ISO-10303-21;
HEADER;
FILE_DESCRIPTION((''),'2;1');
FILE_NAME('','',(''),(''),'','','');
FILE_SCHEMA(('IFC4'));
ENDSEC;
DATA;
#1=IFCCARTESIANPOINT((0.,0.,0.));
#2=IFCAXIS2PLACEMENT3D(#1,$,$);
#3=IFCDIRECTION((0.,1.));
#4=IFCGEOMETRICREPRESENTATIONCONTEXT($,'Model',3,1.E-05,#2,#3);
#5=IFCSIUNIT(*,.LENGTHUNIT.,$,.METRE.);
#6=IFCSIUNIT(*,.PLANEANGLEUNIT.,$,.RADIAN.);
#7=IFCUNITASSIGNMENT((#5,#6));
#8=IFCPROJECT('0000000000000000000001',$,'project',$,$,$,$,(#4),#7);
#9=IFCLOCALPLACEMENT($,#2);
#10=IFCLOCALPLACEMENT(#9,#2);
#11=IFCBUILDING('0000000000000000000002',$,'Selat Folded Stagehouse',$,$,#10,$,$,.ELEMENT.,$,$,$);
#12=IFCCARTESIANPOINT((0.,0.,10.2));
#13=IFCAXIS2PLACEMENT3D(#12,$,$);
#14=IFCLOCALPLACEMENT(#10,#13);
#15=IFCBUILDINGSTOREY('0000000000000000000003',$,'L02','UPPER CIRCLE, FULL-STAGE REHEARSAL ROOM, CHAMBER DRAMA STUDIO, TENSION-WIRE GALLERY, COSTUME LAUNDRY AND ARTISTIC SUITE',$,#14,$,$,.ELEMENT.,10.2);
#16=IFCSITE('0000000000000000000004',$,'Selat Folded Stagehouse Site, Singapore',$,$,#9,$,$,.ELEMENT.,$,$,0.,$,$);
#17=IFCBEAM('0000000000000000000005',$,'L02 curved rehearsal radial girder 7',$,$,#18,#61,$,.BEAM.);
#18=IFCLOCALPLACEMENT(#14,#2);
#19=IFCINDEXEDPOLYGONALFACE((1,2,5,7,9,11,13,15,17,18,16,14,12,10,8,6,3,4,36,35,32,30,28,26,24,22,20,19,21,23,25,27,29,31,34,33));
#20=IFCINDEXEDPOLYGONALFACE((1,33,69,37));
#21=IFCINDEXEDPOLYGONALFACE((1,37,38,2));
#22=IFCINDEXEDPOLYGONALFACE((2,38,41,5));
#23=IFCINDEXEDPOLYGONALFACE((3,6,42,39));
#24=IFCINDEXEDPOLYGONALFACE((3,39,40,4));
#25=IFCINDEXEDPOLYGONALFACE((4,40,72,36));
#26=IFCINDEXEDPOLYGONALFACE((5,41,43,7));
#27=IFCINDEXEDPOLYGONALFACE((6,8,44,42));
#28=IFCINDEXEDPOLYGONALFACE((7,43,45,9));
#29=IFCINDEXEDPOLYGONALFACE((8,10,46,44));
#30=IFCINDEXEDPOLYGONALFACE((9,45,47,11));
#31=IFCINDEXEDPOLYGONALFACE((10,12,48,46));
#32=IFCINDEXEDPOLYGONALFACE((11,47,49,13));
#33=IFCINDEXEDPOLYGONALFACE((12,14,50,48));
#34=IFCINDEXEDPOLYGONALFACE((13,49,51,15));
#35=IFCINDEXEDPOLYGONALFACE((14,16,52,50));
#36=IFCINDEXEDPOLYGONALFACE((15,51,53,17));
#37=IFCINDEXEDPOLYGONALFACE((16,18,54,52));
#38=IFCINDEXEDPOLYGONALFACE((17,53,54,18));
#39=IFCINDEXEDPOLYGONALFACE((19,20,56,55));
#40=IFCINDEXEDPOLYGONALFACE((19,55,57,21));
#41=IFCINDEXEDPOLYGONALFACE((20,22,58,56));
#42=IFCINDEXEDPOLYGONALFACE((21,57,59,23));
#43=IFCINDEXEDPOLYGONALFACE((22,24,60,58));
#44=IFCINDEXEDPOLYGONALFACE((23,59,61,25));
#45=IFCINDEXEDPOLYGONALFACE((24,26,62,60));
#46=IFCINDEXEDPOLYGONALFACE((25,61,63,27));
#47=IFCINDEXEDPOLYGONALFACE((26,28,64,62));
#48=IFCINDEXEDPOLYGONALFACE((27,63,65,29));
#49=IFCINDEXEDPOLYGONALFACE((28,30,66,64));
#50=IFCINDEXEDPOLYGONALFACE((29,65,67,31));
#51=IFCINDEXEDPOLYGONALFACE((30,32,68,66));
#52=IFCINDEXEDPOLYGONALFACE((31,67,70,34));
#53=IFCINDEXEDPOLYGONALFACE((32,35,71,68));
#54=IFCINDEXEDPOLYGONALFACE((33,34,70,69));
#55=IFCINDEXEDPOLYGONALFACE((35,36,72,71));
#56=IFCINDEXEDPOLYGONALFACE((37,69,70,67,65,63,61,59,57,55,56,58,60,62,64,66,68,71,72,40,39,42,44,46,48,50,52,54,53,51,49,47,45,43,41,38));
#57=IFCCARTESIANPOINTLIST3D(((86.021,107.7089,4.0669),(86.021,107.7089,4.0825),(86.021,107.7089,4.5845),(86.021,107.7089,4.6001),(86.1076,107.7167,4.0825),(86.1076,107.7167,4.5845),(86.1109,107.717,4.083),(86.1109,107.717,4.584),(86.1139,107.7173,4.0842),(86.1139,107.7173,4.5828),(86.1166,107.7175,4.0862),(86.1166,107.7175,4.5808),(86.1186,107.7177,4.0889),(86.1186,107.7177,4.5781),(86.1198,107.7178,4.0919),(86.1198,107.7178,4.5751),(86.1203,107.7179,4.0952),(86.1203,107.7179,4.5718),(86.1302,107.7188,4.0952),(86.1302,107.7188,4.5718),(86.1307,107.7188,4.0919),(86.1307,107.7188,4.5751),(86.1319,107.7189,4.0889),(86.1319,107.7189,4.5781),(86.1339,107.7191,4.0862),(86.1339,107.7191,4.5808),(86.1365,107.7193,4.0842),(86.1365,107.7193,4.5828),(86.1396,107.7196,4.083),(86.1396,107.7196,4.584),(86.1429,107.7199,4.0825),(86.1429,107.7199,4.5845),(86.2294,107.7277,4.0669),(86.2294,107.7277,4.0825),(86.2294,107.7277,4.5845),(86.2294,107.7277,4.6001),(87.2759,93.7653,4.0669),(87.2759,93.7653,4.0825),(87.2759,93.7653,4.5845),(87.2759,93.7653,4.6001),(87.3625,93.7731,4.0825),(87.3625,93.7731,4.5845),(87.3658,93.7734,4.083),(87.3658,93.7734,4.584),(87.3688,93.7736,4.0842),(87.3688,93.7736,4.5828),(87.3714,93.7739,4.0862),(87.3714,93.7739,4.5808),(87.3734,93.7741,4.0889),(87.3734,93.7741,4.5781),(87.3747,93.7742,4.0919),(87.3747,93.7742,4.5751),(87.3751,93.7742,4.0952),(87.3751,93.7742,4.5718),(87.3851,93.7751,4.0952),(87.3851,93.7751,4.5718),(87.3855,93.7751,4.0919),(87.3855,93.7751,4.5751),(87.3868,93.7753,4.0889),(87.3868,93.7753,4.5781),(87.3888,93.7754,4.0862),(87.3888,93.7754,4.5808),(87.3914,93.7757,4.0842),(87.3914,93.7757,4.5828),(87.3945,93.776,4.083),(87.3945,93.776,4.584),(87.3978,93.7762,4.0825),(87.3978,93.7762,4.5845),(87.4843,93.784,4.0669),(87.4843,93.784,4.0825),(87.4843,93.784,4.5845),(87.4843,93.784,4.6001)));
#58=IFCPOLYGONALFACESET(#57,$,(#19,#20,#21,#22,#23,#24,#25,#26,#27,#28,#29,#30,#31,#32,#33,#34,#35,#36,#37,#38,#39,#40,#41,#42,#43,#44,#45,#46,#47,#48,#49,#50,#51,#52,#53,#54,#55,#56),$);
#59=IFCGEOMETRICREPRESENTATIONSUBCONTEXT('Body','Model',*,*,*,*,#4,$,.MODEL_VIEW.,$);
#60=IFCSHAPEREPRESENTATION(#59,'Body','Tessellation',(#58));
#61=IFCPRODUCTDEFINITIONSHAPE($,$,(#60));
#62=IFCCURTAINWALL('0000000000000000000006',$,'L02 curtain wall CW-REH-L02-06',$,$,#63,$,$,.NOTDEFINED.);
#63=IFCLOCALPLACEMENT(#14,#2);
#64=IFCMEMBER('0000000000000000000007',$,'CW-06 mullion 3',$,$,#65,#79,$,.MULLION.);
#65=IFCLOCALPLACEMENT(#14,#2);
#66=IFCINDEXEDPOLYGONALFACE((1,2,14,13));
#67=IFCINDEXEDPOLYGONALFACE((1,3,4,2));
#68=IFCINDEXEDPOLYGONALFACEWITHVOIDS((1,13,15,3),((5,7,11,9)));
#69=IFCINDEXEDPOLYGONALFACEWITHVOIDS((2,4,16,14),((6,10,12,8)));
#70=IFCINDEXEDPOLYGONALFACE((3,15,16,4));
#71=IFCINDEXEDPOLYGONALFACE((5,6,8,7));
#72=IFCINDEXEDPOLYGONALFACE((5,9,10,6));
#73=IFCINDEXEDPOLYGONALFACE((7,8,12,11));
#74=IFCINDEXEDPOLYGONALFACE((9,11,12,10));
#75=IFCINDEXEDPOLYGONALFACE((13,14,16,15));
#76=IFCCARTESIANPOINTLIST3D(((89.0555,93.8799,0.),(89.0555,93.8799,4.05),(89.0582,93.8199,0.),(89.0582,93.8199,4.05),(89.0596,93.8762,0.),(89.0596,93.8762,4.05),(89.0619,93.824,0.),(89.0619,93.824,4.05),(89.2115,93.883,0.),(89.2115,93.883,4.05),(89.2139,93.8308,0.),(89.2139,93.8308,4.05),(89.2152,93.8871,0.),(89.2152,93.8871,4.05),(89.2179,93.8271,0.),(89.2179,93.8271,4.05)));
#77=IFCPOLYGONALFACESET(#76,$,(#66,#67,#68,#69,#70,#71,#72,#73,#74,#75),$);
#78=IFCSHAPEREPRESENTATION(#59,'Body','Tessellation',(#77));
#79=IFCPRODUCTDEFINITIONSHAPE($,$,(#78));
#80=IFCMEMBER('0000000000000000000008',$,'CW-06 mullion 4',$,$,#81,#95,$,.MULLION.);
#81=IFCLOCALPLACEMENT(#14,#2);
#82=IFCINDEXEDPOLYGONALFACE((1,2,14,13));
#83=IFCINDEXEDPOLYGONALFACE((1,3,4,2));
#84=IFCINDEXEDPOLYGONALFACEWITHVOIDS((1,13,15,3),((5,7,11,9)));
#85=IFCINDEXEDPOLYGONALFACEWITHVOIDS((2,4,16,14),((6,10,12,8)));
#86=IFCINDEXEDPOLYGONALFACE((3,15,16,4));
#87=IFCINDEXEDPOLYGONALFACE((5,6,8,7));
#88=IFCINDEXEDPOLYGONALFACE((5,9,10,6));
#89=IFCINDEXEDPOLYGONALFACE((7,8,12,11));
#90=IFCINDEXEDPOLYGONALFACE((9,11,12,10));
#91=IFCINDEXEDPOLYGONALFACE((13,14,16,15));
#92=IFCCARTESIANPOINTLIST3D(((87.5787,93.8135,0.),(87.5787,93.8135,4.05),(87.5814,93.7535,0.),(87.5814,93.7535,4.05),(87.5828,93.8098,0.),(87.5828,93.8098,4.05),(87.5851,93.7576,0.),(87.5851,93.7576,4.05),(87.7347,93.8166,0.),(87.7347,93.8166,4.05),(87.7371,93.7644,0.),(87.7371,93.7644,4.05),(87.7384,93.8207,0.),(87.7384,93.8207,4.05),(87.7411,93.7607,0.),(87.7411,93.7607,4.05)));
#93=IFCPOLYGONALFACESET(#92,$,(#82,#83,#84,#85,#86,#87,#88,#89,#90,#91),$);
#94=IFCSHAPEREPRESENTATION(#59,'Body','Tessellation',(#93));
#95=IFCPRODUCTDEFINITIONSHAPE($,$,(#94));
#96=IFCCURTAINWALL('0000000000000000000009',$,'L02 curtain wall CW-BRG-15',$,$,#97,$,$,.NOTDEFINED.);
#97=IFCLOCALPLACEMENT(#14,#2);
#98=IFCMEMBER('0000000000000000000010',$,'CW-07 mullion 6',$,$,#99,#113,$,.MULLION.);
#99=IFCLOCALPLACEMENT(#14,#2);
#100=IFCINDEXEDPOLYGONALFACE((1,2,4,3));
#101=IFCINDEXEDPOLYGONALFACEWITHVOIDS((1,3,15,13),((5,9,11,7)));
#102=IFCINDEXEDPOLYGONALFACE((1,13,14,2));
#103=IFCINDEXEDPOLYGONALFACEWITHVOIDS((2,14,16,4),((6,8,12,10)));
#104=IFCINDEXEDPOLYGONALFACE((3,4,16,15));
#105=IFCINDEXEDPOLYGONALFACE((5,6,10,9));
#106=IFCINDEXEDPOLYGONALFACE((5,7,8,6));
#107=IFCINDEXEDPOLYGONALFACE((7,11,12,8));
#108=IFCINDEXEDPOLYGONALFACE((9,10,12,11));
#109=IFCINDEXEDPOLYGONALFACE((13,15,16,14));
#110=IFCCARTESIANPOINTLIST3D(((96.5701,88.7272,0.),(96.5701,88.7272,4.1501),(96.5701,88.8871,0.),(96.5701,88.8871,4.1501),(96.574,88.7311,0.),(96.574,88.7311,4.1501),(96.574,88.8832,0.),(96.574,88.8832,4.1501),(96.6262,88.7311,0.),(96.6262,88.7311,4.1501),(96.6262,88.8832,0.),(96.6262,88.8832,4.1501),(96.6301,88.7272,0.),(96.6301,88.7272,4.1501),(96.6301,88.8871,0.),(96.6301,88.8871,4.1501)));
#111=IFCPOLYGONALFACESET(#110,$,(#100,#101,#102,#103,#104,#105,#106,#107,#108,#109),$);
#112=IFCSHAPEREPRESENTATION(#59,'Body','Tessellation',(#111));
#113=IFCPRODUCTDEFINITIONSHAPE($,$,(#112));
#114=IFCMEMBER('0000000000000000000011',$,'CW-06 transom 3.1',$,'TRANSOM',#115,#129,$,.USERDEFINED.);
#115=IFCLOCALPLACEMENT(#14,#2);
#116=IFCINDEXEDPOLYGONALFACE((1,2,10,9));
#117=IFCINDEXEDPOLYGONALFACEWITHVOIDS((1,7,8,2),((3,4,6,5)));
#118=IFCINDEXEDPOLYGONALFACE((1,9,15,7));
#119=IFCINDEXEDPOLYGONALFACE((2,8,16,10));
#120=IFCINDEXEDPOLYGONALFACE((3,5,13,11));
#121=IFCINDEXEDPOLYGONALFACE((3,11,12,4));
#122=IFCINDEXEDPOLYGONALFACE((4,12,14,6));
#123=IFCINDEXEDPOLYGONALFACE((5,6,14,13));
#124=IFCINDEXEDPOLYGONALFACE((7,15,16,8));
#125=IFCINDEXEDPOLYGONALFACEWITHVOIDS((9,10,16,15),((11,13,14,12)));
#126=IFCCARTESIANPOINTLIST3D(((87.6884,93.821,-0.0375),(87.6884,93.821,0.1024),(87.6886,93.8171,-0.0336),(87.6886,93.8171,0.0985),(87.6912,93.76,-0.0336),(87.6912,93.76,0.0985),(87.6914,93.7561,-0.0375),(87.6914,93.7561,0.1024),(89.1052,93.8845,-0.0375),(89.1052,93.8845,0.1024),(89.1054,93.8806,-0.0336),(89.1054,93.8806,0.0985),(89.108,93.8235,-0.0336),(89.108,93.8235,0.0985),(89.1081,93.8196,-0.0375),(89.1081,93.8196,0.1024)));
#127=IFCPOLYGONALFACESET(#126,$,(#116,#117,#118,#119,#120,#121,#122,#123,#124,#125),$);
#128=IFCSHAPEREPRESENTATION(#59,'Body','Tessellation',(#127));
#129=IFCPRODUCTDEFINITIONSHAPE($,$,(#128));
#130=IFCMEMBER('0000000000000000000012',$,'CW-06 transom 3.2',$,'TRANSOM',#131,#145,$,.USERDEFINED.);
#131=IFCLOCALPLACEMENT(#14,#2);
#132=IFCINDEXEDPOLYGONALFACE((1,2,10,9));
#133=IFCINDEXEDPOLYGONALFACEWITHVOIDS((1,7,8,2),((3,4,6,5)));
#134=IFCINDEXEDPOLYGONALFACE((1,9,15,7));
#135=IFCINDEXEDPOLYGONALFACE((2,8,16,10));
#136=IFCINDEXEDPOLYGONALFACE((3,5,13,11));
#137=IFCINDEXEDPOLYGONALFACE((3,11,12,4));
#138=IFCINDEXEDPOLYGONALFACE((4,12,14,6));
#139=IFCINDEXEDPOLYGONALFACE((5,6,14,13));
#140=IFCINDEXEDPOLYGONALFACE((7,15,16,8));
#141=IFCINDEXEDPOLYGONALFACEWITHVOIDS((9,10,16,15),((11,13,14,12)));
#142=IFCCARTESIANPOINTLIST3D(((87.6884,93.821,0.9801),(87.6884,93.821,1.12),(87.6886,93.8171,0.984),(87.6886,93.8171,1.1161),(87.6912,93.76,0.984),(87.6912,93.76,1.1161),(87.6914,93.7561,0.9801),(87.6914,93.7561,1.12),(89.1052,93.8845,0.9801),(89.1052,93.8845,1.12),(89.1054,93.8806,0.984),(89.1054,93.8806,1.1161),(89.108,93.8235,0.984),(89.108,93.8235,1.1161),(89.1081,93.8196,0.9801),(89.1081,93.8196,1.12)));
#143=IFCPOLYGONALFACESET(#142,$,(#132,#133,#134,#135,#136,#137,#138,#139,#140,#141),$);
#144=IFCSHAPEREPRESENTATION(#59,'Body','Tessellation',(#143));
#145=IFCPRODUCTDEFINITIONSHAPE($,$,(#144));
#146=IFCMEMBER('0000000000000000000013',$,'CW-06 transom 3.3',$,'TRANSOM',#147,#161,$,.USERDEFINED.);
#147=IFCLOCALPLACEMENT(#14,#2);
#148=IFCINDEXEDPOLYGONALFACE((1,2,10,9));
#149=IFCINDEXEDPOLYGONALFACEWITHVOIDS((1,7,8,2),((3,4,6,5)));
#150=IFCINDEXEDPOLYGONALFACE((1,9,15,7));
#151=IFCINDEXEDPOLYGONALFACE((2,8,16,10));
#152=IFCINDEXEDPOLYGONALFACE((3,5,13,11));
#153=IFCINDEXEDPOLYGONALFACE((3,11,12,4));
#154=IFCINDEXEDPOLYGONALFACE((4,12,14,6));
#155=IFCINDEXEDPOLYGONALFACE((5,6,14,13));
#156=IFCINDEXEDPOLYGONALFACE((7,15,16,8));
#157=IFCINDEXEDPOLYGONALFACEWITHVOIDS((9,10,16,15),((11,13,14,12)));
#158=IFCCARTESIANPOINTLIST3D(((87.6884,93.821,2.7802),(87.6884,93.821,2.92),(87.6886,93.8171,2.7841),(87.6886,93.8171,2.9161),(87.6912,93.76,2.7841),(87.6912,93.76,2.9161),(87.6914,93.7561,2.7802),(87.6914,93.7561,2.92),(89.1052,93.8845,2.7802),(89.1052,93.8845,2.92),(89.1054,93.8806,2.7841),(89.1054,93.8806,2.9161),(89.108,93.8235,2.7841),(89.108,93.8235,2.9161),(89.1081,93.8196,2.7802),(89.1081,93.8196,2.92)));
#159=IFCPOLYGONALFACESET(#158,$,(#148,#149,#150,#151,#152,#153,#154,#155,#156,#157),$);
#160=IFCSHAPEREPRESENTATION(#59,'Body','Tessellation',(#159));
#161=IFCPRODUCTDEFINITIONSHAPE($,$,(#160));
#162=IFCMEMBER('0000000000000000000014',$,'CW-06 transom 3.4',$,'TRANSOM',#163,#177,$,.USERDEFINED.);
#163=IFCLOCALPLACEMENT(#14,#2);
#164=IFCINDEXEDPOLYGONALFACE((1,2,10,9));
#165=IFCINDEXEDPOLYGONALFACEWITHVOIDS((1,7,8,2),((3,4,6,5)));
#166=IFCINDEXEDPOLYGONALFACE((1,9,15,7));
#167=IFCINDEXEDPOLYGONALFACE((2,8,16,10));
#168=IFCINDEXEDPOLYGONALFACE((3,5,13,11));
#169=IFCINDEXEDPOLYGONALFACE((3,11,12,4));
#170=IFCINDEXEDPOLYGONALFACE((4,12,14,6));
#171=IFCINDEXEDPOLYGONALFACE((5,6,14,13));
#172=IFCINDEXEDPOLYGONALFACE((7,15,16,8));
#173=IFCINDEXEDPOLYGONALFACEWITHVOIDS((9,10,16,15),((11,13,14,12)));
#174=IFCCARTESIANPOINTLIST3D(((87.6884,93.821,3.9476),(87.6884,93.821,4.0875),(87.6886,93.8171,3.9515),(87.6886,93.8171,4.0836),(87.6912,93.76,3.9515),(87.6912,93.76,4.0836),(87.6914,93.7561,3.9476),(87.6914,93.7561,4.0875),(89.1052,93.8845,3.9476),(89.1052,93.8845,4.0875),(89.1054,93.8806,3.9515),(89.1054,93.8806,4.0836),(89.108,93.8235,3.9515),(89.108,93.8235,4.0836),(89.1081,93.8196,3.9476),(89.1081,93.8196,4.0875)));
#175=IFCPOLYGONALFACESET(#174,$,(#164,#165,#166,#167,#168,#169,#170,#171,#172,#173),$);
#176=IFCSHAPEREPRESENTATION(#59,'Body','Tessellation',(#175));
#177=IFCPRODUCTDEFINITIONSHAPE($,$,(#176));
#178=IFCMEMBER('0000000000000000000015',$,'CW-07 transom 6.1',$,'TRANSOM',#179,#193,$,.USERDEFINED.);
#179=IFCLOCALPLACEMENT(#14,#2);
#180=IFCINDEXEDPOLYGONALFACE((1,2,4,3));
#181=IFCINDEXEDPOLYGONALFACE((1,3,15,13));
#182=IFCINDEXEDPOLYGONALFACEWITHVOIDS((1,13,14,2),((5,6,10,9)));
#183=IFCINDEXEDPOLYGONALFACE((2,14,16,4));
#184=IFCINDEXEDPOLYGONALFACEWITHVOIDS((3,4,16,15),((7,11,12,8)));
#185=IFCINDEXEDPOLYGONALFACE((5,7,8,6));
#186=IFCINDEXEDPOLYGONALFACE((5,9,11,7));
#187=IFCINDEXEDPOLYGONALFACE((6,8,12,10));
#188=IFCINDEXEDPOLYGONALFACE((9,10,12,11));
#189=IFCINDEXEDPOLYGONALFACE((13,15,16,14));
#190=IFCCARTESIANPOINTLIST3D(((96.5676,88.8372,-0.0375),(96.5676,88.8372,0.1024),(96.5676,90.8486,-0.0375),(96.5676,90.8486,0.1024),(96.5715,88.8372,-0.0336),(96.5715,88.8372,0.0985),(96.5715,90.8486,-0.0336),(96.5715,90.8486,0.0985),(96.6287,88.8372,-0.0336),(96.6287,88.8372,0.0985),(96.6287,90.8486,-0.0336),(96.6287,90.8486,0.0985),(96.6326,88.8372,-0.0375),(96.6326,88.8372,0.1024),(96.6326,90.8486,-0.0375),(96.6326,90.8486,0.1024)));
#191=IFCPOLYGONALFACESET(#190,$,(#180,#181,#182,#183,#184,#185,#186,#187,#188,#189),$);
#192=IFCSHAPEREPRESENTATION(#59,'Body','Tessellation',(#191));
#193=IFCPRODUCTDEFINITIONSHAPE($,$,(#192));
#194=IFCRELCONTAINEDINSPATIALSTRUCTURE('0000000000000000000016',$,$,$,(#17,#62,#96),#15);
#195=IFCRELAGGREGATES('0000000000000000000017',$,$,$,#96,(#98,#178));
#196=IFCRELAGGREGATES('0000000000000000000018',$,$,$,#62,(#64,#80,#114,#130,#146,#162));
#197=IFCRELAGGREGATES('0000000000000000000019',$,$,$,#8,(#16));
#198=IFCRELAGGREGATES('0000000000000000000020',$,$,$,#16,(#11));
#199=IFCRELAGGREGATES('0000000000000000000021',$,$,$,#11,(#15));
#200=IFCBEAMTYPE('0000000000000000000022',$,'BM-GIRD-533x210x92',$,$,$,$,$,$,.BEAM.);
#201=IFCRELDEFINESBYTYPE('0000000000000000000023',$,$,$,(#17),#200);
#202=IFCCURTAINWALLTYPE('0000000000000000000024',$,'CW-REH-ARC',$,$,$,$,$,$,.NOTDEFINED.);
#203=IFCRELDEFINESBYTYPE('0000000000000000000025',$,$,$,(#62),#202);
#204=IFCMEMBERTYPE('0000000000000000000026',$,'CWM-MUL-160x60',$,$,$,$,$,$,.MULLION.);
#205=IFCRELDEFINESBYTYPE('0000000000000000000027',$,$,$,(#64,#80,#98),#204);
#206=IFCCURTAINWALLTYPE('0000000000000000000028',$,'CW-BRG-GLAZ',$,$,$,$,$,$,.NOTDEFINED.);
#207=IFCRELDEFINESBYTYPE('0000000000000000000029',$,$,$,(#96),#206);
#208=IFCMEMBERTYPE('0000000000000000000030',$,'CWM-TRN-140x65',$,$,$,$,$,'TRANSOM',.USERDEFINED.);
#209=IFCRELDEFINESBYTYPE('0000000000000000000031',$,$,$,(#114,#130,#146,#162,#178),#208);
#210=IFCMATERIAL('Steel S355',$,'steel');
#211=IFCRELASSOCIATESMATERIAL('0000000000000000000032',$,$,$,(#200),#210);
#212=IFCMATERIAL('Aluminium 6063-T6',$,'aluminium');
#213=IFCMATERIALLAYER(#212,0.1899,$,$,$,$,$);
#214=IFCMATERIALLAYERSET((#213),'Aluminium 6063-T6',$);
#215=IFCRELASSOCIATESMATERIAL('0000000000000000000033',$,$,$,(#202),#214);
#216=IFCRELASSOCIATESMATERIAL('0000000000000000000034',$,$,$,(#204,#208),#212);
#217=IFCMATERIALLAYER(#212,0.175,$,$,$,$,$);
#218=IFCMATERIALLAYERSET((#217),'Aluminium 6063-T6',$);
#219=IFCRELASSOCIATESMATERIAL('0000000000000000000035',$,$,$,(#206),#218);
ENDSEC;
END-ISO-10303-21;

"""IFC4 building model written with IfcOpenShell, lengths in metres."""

from ifc_helpers import new_model, si_unit, direction, frame, origin, origin_2d, place, context, subcontext, project, spatial, hollow_rectangle, i_section, extrude, material, layer, layer_set, material_profile, profile_set, type_object, element, aggregate, save


model = new_model("IFC4")

# Units and contexts
model_context = context("Model", 3, precision=1e-05, world=origin(), true_north=direction((0.0, 1.0)))
body_context = subcontext(model_context, "Body", "Model", "MODEL_VIEW")
ifc_project = project(units=[si_unit("LENGTHUNIT", "METRE"), si_unit("PLANEANGLEUNIT", "RADIAN")], contexts=[model_context])

# Site, building, storey
site_placement = place(None, origin())
site = spatial("IfcSite", under=ifc_project, at=site_placement, Name="Selat Folded Stagehouse Site, Singapore", CompositionType="ELEMENT", RefElevation=0.0)
building_placement = place(site_placement, origin())
building = spatial("IfcBuilding", under=site, at=building_placement, Name="Selat Folded Stagehouse", CompositionType="ELEMENT")
storey_placement = place(building_placement, frame((0.0, 0.0, 10.2)))
storey = spatial("IfcBuildingStorey", under=building, at=storey_placement, Name="L02", Description="UPPER CIRCLE, FULL-STAGE REHEARSAL ROOM, CHAMBER DRAMA STUDIO, TENSION-WIRE GALLERY, COSTUME LAUNDRY AND ARTISTIC SUITE", CompositionType="ELEMENT", Elevation=10.2)

# Beam
ifc_material_1 = material(Name="Steel S355", Category="steel")
ifc_material_profile_1 = material_profile(ifc_material_1, i_section(OverallWidth=0.2092, OverallDepth=0.5332, WebThickness=0.01, FlangeThickness=0.0156, FilletRadius=0.0127, at=origin_2d()), Name="UKB 533x210x92")
ifc_profile_set_1 = profile_set([ifc_material_profile_1], Name="Steel S355")
beam_type_1 = type_object("IfcBeamType", Name="BM-GIRD-533x210x92", PredefinedType="BEAM", material=ifc_profile_set_1)
beam_1_placement = place(storey_placement, frame((87.3801, 93.7747, 4.3335), z_axis=(-0.089635, 0.995975, 0.0), x_axis=(-0.995975, -0.089635, 0.0)))
element("IfcBeam", 1, at=beam_1_placement, inside=storey, type_object=beam_type_1, Name="L02 curved rehearsal radial girder 7", PredefinedType="BEAM", context=body_context, shape_type="SweptSolid", body=[
    extrude(i_section(OverallWidth=0.2092, OverallDepth=0.5332, WebThickness=0.01, FlangeThickness=0.0156, FilletRadius=0.0127, at=origin_2d()), origin(), (0.0, 0.0, 1.0), 14.0),
])

# Curtain wall, members
ifc_material_2 = material(Name="Aluminium 6063-T6", Category="aluminium")
ifc_layer_1 = layer(ifc_material_2, 0.1899)
ifc_layer_set_1 = layer_set([ifc_layer_1], Name="Aluminium 6063-T6")
curtain_wall_type_1 = type_object("IfcCurtainWallType", Name="CW-REH-ARC", PredefinedType="NOTDEFINED", material=ifc_layer_set_1)
curtain_wall_1_placement = place(storey_placement, origin())
curtain_wall_1 = element("IfcCurtainWall", 2, at=curtain_wall_1_placement, inside=storey, type_object=curtain_wall_type_1, Name="L02 curtain wall CW-REH-L02-06", PredefinedType="NOTDEFINED")
ifc_material_profile_2 = material_profile(ifc_material_2, hollow_rectangle(XDim=0.0601, YDim=0.1599, WallThickness=0.0039, at=origin_2d()), Name="ALU 160x60x4.0")
ifc_profile_set_2 = profile_set([ifc_material_profile_2], Name="Aluminium 6063-T6")
member_type_1 = type_object("IfcMemberType", Name="CWM-MUL-160x60", PredefinedType="MULLION", material=ifc_profile_set_2)
member_1_placement = place(storey_placement, frame((89.1367, 93.8535, 0.0), z_axis=(0.0, 0.0, 1.0), x_axis=(0.044862, -0.998993, 0.0)))
member_1 = element("IfcMember", 3, at=member_1_placement, type_object=member_type_1, Name="CW-06 mullion 3", PredefinedType="MULLION", context=body_context, shape_type="SweptSolid", body=[
    extrude(hollow_rectangle(XDim=0.0601, YDim=0.1599, WallThickness=0.0039, at=origin_2d()), origin(), (0.0, 0.0, 1.0), 4.05),
])
member_2_placement = place(storey_placement, frame((87.6599, 93.7871, 0.0), z_axis=(0.0, 0.0, 1.0), x_axis=(0.044862, -0.998993, 0.0)))
member_2 = element("IfcMember", 4, at=member_2_placement, type_object=member_type_1, Name="CW-06 mullion 4", PredefinedType="MULLION", context=body_context, shape_type="SweptSolid", body=[
    extrude(hollow_rectangle(XDim=0.0601, YDim=0.1599, WallThickness=0.0039, at=origin_2d()), origin(), (0.0, 0.0, 1.0), 4.05),
])

# Curtain wall, member
ifc_layer_2 = layer(ifc_material_2, 0.175)
ifc_layer_set_2 = layer_set([ifc_layer_2], Name="Aluminium 6063-T6")
curtain_wall_type_2 = type_object("IfcCurtainWallType", Name="CW-BRG-GLAZ", PredefinedType="NOTDEFINED", material=ifc_layer_set_2)
curtain_wall_2_placement = place(storey_placement, origin())
curtain_wall_2 = element("IfcCurtainWall", 5, at=curtain_wall_2_placement, inside=storey, type_object=curtain_wall_type_2, Name="L02 curtain wall CW-BRG-15", PredefinedType="NOTDEFINED")
member_3_placement = place(storey_placement, frame((96.6001, 88.8071, 0.0), z_axis=(0.0, 0.0, 1.0), x_axis=(-1.0, 0.0, 0.0)))
member_3 = element("IfcMember", 6, at=member_3_placement, type_object=member_type_1, Name="CW-07 mullion 6", PredefinedType="MULLION", context=body_context, shape_type="SweptSolid", body=[
    extrude(hollow_rectangle(XDim=0.0601, YDim=0.1599, WallThickness=0.0039, at=origin_2d()), origin(), (0.0, 0.0, 1.0), 4.1501),
])

# Members
ifc_material_profile_3 = material_profile(ifc_material_2, hollow_rectangle(XDim=0.0649, YDim=0.1399, WallThickness=0.0039, at=origin_2d()), Name="ALU 140x65x4.0")
ifc_profile_set_3 = profile_set([ifc_material_profile_3], Name="Aluminium 6063-T6")
member_type_2 = type_object("IfcMemberType", Name="CWM-TRN-140x65", ElementType="TRANSOM", PredefinedType="USERDEFINED", material=ifc_profile_set_3)
member_4_placement = place(storey_placement, frame((89.1067, 93.8521, 0.0325), z_axis=(-0.998998, -0.04476, 0.0), x_axis=(0.04476, -0.998998, 0.0)))
member_4 = element("IfcMember", 7, at=member_4_placement, type_object=member_type_2, Name="CW-06 transom 3.1", ObjectType="TRANSOM", PredefinedType="USERDEFINED", context=body_context, shape_type="SweptSolid", body=[
    extrude(hollow_rectangle(XDim=0.0649, YDim=0.1399, WallThickness=0.0039, at=origin_2d()), origin(), (0.0, 0.0, 1.0), 1.4182),
])
member_5_placement = place(storey_placement, frame((89.1067, 93.8521, 1.05), z_axis=(-0.998998, -0.04476, 0.0), x_axis=(0.04476, -0.998998, 0.0)))
member_5 = element("IfcMember", 8, at=member_5_placement, type_object=member_type_2, Name="CW-06 transom 3.2", ObjectType="TRANSOM", PredefinedType="USERDEFINED", context=body_context, shape_type="SweptSolid", body=[
    extrude(hollow_rectangle(XDim=0.0649, YDim=0.1399, WallThickness=0.0039, at=origin_2d()), origin(), (0.0, 0.0, 1.0), 1.4182),
])
member_6_placement = place(storey_placement, frame((89.1067, 93.8521, 2.8501), z_axis=(-0.998998, -0.04476, 0.0), x_axis=(0.04476, -0.998998, 0.0)))
member_6 = element("IfcMember", 9, at=member_6_placement, type_object=member_type_2, Name="CW-06 transom 3.3", ObjectType="TRANSOM", PredefinedType="USERDEFINED", context=body_context, shape_type="SweptSolid", body=[
    extrude(hollow_rectangle(XDim=0.0649, YDim=0.1399, WallThickness=0.0039, at=origin_2d()), origin(), (0.0, 0.0, 1.0), 1.4182),
])
member_7_placement = place(storey_placement, frame((89.1067, 93.8521, 4.0176), z_axis=(-0.998998, -0.04476, 0.0), x_axis=(0.04476, -0.998998, 0.0)))
member_7 = element("IfcMember", 10, at=member_7_placement, type_object=member_type_2, Name="CW-06 transom 3.4", ObjectType="TRANSOM", PredefinedType="USERDEFINED", context=body_context, shape_type="SweptSolid", body=[
    extrude(hollow_rectangle(XDim=0.0649, YDim=0.1399, WallThickness=0.0039, at=origin_2d()), origin(), (0.0, 0.0, 1.0), 1.4182),
])
member_8_placement = place(storey_placement, frame((96.6001, 88.8372, 0.0325), z_axis=(0.0, 1.0, 0.0), x_axis=(-1.0, 0.0, 0.0)))
member_8 = element("IfcMember", 11, at=member_8_placement, type_object=member_type_2, Name="CW-07 transom 6.1", ObjectType="TRANSOM", PredefinedType="USERDEFINED", context=body_context, shape_type="SweptSolid", body=[
    extrude(hollow_rectangle(XDim=0.0649, YDim=0.1399, WallThickness=0.0039, at=origin_2d()), origin(), (0.0, 0.0, 1.0), 2.0115),
])

aggregate(curtain_wall_2, [member_3, member_8])
aggregate(curtain_wall_1, [member_1, member_2, member_4, member_5, member_6, member_7])

save(model, "model.ifc")
